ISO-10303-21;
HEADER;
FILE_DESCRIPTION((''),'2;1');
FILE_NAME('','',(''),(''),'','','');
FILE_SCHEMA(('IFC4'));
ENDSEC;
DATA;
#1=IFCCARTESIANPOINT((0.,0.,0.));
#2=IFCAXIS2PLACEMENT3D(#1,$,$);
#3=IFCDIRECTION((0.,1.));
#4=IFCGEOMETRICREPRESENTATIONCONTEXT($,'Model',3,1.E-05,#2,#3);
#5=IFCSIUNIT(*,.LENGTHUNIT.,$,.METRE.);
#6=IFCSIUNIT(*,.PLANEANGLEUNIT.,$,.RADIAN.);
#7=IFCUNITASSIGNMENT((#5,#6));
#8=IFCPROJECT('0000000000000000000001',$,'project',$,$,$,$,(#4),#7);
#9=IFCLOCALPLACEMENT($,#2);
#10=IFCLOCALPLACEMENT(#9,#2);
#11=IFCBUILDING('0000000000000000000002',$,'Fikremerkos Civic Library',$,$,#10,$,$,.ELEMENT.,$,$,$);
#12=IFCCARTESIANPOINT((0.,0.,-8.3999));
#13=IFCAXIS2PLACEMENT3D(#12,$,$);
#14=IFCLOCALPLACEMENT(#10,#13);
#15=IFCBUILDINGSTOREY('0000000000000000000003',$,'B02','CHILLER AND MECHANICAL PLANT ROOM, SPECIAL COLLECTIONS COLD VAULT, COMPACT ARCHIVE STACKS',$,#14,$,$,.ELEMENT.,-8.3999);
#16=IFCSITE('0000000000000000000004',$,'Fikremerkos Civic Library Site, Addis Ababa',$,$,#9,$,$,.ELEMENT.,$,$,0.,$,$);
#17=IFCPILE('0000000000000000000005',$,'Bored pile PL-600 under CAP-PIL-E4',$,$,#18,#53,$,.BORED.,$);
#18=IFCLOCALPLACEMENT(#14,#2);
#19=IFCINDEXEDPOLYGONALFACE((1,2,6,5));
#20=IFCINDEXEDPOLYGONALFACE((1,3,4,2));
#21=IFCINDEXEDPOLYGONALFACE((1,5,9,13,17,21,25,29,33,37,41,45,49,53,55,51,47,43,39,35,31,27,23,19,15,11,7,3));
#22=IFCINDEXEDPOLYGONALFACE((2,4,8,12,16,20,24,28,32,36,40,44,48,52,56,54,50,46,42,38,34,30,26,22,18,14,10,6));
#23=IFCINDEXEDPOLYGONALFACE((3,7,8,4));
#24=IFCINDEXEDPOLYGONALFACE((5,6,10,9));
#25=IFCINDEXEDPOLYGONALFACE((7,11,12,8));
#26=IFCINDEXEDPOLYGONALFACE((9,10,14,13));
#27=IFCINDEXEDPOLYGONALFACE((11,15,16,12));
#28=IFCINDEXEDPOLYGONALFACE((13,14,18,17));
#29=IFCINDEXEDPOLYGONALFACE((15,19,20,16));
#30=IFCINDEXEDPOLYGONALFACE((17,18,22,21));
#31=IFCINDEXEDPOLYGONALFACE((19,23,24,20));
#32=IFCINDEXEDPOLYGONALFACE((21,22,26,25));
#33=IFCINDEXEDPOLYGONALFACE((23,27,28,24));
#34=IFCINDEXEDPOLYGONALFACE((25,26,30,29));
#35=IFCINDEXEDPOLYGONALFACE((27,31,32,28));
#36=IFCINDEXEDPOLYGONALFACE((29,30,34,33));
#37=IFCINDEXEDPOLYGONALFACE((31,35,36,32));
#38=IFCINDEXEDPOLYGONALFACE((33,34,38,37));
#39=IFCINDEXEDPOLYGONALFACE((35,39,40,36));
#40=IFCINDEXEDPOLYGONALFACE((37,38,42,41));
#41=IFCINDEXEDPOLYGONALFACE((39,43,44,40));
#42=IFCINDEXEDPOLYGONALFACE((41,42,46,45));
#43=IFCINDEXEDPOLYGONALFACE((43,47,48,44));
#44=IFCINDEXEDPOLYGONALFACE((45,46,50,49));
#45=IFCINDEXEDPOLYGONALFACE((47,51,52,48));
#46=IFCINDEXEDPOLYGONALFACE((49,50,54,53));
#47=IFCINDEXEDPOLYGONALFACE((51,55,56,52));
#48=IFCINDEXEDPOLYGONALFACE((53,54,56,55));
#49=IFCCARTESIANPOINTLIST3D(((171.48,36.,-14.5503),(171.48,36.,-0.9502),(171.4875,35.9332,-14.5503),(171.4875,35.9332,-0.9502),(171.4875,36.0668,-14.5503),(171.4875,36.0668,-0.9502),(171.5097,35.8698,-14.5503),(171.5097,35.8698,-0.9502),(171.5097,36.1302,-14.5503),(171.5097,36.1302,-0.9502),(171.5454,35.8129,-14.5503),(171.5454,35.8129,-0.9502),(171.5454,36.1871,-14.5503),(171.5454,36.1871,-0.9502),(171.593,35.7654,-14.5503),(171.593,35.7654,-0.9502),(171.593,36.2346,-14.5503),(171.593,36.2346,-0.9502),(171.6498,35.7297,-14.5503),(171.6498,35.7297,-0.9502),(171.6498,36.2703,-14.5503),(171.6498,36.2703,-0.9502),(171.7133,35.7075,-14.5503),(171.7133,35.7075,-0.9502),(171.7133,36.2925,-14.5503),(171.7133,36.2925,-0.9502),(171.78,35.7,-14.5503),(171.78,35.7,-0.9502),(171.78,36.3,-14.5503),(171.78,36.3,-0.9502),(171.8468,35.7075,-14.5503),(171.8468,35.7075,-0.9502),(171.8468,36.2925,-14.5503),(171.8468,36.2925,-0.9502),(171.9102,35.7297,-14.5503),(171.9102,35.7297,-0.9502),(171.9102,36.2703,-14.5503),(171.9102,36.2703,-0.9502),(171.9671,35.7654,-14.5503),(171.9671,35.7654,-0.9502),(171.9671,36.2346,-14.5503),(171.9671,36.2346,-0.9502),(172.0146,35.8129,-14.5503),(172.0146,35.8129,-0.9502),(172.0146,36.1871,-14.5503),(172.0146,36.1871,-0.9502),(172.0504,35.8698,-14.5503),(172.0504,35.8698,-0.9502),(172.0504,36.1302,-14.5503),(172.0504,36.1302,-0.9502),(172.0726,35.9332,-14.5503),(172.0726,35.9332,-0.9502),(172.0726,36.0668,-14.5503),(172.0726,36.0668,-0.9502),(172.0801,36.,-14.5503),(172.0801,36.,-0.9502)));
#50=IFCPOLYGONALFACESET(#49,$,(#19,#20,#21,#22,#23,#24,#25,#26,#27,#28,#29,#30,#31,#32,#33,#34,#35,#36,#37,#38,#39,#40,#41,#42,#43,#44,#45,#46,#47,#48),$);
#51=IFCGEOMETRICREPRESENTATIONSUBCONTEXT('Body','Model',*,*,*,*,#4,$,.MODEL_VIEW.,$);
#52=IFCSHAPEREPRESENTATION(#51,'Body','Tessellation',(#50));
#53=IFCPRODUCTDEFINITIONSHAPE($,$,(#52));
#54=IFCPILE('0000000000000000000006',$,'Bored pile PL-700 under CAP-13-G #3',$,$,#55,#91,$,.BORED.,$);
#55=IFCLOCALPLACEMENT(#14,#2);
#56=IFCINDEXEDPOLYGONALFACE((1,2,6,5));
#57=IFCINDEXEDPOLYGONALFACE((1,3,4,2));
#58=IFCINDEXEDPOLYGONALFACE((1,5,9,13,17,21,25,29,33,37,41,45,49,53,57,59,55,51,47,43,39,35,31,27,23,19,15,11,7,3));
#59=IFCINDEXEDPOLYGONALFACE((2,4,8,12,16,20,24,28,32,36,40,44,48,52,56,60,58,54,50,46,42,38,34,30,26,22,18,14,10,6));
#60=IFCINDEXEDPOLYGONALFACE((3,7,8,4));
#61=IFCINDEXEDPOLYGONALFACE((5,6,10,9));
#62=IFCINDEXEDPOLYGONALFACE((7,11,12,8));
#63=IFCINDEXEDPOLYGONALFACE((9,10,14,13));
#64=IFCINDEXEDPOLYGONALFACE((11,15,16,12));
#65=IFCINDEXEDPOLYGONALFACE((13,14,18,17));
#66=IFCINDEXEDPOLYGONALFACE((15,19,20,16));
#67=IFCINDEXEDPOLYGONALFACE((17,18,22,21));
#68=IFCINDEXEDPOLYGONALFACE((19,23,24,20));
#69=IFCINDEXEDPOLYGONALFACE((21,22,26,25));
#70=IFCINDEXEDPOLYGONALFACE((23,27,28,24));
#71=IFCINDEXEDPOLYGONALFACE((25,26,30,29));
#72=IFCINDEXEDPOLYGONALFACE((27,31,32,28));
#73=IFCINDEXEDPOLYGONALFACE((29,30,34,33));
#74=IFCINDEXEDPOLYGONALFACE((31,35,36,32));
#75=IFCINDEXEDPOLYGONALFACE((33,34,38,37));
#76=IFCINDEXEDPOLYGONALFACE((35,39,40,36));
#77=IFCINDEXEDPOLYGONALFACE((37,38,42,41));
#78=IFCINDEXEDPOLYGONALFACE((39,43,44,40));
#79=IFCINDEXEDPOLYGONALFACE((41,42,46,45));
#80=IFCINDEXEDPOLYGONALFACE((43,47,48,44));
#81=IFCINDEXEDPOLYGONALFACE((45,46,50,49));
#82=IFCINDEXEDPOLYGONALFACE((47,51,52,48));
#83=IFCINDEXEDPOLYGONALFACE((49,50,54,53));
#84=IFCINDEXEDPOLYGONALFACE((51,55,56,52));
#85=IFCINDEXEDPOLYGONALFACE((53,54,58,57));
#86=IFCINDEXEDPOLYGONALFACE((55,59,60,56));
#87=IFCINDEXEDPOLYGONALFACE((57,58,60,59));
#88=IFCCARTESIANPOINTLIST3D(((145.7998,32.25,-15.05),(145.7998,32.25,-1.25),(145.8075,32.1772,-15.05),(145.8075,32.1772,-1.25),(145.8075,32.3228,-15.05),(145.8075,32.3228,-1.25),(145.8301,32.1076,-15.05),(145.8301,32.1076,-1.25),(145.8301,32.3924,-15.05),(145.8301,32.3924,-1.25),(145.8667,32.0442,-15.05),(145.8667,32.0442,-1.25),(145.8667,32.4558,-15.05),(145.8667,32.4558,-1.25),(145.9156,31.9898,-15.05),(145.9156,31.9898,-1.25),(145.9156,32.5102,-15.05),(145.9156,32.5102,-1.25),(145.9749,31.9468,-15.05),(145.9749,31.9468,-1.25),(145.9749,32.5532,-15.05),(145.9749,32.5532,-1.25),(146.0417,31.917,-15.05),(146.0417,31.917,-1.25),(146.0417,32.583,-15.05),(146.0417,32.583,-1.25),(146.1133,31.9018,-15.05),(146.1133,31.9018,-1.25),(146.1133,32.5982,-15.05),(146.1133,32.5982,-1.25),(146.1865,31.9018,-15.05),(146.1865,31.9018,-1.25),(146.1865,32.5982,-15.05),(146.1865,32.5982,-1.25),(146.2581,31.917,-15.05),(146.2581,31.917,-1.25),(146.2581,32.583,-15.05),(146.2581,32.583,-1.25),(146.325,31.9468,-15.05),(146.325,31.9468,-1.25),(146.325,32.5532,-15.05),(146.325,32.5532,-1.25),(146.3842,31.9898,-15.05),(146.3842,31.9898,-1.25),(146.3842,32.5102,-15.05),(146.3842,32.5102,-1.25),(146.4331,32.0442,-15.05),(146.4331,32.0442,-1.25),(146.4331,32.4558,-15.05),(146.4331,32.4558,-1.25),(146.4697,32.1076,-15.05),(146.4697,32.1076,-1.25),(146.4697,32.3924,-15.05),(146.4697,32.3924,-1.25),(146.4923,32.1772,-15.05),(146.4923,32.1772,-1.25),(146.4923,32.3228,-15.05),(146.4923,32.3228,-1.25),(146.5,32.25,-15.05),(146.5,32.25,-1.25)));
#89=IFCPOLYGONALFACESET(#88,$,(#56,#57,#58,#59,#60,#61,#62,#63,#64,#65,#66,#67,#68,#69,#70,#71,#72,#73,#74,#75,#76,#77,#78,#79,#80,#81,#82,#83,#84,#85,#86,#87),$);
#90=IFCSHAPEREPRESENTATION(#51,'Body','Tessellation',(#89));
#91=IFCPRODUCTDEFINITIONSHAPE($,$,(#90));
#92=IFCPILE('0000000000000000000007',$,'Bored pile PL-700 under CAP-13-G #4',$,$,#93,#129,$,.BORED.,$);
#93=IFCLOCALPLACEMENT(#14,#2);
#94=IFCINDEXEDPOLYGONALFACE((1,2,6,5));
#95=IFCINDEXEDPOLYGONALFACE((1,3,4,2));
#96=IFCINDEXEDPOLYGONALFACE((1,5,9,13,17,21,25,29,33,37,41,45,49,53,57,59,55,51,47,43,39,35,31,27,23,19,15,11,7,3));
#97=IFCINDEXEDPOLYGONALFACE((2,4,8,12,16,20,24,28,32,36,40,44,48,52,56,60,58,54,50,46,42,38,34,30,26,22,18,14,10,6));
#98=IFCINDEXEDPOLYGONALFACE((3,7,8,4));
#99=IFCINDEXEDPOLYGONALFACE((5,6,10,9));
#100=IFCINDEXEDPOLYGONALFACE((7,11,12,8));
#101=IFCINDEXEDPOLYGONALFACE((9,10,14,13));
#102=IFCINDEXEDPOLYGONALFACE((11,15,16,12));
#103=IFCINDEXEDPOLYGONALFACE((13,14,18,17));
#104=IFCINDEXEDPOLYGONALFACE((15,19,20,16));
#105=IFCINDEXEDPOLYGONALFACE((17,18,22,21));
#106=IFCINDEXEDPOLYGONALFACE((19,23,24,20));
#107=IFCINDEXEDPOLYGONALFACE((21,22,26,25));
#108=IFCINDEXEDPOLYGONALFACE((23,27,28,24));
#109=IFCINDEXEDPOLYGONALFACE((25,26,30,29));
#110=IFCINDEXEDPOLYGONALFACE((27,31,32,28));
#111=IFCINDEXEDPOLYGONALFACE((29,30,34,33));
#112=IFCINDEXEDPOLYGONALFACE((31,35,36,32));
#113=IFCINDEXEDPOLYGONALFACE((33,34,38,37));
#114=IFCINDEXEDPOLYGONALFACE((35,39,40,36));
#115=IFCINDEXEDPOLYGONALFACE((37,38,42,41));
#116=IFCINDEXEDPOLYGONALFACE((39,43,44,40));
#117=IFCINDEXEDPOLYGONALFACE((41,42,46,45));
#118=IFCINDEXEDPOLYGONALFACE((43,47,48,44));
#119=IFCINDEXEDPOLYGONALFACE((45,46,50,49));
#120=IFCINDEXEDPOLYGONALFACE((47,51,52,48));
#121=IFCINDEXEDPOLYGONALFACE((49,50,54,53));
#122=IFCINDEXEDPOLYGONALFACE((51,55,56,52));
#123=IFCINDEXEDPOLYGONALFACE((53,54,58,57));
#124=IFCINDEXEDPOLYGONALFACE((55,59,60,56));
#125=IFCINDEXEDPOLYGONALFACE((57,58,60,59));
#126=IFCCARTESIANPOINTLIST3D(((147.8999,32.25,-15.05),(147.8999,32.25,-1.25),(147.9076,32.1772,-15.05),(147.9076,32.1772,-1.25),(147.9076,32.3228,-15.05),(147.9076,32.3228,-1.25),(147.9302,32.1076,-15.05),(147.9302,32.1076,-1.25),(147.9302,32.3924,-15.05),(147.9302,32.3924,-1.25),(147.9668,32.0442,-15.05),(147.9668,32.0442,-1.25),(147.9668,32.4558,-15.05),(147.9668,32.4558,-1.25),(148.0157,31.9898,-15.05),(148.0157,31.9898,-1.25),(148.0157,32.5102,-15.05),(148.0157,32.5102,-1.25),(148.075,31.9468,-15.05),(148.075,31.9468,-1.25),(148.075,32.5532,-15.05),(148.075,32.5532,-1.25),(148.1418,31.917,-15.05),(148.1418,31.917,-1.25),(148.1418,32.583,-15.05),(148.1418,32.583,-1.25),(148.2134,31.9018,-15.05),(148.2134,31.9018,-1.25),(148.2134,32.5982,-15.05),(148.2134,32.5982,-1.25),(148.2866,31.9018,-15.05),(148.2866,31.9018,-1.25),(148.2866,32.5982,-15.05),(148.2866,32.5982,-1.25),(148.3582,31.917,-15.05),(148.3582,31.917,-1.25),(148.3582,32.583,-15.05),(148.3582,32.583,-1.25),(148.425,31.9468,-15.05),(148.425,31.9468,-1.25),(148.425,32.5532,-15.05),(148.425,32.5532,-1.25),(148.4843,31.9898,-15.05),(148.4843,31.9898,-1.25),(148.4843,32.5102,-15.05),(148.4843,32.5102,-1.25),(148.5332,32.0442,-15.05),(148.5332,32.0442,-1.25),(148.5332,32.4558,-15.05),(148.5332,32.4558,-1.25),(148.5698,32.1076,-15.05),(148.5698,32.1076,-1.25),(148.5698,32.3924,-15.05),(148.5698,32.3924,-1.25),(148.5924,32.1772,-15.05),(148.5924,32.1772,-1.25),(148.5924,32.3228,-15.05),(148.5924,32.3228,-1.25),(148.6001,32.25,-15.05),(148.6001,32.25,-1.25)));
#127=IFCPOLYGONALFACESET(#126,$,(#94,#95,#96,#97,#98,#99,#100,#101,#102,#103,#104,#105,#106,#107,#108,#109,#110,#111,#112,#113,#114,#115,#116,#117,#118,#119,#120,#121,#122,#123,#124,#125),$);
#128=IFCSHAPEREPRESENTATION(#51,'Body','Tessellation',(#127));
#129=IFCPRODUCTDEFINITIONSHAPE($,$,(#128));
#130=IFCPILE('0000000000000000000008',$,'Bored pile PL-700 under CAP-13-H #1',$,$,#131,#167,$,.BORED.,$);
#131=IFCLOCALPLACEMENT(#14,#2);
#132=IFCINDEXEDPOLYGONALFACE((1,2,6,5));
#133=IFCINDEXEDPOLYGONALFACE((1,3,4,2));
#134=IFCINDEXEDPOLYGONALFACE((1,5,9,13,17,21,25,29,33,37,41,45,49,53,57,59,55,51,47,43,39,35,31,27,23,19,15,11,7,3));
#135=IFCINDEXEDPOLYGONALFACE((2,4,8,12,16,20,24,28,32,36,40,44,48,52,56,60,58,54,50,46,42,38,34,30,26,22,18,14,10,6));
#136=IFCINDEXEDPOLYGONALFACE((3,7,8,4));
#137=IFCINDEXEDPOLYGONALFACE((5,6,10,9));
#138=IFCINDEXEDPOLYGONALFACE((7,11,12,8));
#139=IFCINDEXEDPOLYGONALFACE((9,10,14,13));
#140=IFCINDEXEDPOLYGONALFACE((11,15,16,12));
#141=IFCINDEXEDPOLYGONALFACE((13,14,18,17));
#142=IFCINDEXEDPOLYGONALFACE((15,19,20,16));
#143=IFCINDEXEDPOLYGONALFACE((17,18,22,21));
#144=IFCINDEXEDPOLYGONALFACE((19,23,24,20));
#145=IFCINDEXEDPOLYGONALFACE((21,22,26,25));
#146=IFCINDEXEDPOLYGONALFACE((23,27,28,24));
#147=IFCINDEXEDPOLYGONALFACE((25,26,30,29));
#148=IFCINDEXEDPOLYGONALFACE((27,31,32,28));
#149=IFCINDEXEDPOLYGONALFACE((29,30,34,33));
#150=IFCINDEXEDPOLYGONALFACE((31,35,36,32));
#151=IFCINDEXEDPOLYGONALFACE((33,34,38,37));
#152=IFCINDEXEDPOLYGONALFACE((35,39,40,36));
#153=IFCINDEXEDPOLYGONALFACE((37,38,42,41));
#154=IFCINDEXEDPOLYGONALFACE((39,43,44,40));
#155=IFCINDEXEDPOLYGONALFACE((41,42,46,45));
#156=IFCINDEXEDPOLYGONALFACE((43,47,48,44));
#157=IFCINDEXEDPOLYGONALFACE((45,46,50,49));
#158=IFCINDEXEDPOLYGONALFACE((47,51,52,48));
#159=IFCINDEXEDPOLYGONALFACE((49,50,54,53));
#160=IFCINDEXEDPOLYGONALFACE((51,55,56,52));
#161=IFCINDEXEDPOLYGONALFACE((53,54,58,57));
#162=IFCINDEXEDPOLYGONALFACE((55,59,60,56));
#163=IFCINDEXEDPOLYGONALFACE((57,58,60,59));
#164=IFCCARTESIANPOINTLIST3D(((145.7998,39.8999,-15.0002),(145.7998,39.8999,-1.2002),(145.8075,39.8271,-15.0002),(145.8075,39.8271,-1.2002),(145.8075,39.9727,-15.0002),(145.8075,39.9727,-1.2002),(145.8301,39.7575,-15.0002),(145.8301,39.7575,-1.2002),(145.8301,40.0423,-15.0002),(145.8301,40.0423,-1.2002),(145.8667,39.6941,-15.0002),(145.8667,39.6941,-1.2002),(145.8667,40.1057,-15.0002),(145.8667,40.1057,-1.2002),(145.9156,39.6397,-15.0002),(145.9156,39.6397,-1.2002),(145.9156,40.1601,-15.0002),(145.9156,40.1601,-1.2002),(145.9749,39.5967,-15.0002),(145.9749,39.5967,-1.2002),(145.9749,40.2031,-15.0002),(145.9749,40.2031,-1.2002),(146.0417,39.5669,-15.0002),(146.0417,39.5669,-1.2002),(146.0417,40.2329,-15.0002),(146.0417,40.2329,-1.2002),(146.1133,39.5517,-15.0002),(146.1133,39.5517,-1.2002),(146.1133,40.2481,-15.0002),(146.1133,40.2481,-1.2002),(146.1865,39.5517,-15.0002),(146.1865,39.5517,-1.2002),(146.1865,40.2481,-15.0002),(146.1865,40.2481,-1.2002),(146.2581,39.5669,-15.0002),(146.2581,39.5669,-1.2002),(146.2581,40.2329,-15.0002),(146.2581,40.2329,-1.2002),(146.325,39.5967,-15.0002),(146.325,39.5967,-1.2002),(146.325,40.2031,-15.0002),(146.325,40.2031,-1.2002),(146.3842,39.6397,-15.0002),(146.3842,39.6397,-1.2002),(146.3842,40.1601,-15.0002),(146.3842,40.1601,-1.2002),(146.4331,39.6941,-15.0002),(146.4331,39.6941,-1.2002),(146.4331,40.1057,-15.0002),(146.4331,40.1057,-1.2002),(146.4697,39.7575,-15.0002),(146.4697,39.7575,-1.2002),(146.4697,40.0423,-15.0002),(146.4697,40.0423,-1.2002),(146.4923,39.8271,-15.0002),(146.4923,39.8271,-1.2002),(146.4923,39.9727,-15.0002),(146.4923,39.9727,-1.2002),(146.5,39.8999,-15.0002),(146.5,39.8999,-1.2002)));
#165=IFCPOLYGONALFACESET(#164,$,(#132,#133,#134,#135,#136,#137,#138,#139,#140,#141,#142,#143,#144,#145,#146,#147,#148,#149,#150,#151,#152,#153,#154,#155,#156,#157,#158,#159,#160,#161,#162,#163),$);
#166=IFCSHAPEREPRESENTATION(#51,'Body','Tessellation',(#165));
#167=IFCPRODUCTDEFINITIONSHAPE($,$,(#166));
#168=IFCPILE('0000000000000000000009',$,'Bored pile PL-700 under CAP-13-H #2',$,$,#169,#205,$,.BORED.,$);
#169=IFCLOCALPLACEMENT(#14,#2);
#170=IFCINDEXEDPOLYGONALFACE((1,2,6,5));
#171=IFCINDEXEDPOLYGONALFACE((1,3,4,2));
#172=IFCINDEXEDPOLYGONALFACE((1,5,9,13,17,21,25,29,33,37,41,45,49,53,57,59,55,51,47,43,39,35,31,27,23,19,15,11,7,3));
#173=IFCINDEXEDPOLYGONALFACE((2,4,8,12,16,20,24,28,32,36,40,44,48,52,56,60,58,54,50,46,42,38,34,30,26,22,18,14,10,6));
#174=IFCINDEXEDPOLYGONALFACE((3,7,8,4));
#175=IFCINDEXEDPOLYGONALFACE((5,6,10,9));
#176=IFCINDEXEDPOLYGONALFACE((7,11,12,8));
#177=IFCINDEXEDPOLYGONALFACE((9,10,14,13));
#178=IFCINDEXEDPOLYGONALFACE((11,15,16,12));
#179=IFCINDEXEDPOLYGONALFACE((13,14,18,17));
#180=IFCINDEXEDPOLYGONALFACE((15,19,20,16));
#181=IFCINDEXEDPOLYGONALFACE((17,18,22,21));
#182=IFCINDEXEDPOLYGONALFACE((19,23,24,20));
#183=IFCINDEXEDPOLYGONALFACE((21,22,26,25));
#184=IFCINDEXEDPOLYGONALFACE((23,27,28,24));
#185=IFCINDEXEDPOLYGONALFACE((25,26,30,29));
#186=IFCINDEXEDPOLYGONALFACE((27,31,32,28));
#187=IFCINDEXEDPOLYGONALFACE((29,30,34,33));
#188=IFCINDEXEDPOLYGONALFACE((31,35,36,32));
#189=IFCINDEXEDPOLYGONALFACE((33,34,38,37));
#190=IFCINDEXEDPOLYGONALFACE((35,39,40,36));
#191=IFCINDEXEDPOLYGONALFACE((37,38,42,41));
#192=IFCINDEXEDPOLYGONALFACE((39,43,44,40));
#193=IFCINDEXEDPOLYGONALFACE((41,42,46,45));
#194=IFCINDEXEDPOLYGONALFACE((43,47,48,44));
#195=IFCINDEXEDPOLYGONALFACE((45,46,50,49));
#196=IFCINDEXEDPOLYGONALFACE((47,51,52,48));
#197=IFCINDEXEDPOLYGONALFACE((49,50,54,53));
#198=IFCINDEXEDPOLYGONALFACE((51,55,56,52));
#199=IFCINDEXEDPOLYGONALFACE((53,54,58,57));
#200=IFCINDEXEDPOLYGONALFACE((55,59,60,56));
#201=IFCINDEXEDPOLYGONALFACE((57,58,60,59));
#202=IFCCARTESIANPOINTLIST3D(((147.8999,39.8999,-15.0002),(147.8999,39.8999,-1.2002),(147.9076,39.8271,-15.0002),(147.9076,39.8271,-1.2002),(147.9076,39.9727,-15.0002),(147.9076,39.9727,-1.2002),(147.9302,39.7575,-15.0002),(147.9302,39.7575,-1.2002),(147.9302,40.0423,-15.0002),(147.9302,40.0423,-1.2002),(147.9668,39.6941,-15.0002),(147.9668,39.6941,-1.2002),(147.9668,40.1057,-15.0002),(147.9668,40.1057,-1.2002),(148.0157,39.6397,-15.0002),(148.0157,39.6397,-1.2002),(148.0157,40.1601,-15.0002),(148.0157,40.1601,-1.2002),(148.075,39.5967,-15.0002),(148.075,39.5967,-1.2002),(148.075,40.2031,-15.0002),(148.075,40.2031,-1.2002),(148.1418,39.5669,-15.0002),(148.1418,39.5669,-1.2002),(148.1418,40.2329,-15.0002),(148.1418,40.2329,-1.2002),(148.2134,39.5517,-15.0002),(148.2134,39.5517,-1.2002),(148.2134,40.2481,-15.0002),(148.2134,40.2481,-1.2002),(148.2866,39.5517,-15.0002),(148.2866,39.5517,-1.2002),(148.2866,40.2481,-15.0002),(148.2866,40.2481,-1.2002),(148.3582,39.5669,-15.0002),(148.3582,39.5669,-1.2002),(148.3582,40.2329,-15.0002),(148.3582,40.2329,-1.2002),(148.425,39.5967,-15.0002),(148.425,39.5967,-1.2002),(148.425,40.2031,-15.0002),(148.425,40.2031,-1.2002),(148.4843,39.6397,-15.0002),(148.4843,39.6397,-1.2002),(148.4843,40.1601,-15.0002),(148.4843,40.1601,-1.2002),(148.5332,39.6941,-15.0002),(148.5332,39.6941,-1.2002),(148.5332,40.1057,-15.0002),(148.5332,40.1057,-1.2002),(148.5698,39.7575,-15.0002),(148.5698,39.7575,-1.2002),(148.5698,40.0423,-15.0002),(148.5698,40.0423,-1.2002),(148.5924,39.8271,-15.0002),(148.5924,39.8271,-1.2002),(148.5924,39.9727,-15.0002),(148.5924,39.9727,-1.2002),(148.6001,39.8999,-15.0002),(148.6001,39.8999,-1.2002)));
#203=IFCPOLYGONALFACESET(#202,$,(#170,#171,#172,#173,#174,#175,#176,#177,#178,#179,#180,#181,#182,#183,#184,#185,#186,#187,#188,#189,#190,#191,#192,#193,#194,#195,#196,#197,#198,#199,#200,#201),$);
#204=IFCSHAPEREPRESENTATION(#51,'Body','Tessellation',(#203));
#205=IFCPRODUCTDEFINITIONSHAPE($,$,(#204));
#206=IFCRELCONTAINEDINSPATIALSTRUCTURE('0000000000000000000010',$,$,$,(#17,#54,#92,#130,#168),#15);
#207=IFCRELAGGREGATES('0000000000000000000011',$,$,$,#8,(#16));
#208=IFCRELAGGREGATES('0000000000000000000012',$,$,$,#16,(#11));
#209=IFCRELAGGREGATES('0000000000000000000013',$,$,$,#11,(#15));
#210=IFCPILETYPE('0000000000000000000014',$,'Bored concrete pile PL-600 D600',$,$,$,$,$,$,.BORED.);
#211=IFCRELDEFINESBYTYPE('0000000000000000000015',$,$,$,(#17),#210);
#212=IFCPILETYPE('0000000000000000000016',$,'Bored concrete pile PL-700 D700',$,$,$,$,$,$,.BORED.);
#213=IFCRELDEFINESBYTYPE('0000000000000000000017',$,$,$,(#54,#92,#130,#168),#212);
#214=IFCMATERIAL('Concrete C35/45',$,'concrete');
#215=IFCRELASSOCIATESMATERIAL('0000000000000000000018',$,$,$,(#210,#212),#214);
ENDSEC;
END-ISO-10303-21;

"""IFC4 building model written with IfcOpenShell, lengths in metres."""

from ifc_helpers import new_model, si_unit, direction, frame, origin, origin_2d, place, context, subcontext, project, spatial, circle, extrude, material, material_profile, profile_set, type_object, element, save


model = new_model("IFC4")

# Units and contexts
model_context = context("Model", 3, precision=1e-05, world=origin(), true_north=direction((0.0, 1.0)))
body_context = subcontext(model_context, "Body", "Model", "MODEL_VIEW")
ifc_project = project(units=[si_unit("LENGTHUNIT", "METRE"), si_unit("PLANEANGLEUNIT", "RADIAN")], contexts=[model_context])

# Site, building, storey
site_placement = place(None, origin())
site = spatial("IfcSite", under=ifc_project, at=site_placement, Name="Fikremerkos Civic Library Site, Addis Ababa", CompositionType="ELEMENT", RefElevation=0.0)
building_placement = place(site_placement, origin())
building = spatial("IfcBuilding", under=site, at=building_placement, Name="Fikremerkos Civic Library", CompositionType="ELEMENT")
storey_placement = place(building_placement, frame((0.0, 0.0, -8.3999)))
storey = spatial("IfcBuildingStorey", under=building, at=storey_placement, Name="B02", Description="CHILLER AND MECHANICAL PLANT ROOM, SPECIAL COLLECTIONS COLD VAULT, COMPACT ARCHIVE STACKS", CompositionType="ELEMENT", Elevation=-8.3999)

# Piles
ifc_material_1 = material(Name="Concrete C35/45", Category="concrete")
ifc_material_profile_1 = material_profile(ifc_material_1, circle(Radius=0.3, at=origin_2d()), Name="BORED PILE 600")
ifc_profile_set_1 = profile_set([ifc_material_profile_1], Name="Concrete C35/45")
pile_type_1 = type_object("IfcPileType", Name="Bored concrete pile PL-600 D600", PredefinedType="BORED", material=ifc_profile_set_1)
pile_placement = place(storey_placement, frame((171.78, 36.0, -0.9502), z_axis=(0.0, 0.0, -1.0), x_axis=(1.0, 0.0, 0.0)))
element("IfcPile", 1, at=pile_placement, inside=storey, type_object=pile_type_1, Name="Bored pile PL-600 under CAP-PIL-E4", PredefinedType="BORED", context=body_context, shape_type="SweptSolid", body=[
    extrude(circle(Radius=0.3, at=origin_2d()), origin(), (0.0, 0.0, 1.0), 13.6001),
])
ifc_material_profile_2 = material_profile(ifc_material_1, circle(Radius=0.3501, at=origin_2d()), Name="BORED PILE 700")
ifc_profile_set_2 = profile_set([ifc_material_profile_2], Name="Concrete C35/45")
pile_type_2 = type_object("IfcPileType", Name="Bored concrete pile PL-700 D700", PredefinedType="BORED", material=ifc_profile_set_2)
for number, where, z_axis, x_axis, name in (
    (2, (146.1499, 32.25, -1.25), (0.0, 0.0, -1.0), (1.0, 0.0, 0.0), "Bored pile PL-700 under CAP-13-G #3"),
    (3, (148.25, 32.25, -1.25), (0.0, 0.0, -1.0), (1.0, 0.0, 0.0), "Bored pile PL-700 under CAP-13-G #4"),
    (4, (146.1499, 39.8999, -1.2002), (0.0, 0.0, -1.0), (1.0, 0.0, 0.0), "Bored pile PL-700 under CAP-13-H #1"),
    (5, (148.25, 39.8999, -1.2002), (0.0, 0.0, -1.0), (1.0, 0.0, 0.0), "Bored pile PL-700 under CAP-13-H #2"),
):
    element("IfcPile", number, at=place(storey_placement, frame(where, z_axis=z_axis, x_axis=x_axis)), inside=storey, type_object=pile_type_2, Name=name, PredefinedType="BORED", context=body_context, shape_type="SweptSolid", body=[
        extrude(circle(Radius=0.3501, at=origin_2d()), origin(), (0.0, 0.0, 1.0), 13.8),
    ])

save(model, "model.ifc")
